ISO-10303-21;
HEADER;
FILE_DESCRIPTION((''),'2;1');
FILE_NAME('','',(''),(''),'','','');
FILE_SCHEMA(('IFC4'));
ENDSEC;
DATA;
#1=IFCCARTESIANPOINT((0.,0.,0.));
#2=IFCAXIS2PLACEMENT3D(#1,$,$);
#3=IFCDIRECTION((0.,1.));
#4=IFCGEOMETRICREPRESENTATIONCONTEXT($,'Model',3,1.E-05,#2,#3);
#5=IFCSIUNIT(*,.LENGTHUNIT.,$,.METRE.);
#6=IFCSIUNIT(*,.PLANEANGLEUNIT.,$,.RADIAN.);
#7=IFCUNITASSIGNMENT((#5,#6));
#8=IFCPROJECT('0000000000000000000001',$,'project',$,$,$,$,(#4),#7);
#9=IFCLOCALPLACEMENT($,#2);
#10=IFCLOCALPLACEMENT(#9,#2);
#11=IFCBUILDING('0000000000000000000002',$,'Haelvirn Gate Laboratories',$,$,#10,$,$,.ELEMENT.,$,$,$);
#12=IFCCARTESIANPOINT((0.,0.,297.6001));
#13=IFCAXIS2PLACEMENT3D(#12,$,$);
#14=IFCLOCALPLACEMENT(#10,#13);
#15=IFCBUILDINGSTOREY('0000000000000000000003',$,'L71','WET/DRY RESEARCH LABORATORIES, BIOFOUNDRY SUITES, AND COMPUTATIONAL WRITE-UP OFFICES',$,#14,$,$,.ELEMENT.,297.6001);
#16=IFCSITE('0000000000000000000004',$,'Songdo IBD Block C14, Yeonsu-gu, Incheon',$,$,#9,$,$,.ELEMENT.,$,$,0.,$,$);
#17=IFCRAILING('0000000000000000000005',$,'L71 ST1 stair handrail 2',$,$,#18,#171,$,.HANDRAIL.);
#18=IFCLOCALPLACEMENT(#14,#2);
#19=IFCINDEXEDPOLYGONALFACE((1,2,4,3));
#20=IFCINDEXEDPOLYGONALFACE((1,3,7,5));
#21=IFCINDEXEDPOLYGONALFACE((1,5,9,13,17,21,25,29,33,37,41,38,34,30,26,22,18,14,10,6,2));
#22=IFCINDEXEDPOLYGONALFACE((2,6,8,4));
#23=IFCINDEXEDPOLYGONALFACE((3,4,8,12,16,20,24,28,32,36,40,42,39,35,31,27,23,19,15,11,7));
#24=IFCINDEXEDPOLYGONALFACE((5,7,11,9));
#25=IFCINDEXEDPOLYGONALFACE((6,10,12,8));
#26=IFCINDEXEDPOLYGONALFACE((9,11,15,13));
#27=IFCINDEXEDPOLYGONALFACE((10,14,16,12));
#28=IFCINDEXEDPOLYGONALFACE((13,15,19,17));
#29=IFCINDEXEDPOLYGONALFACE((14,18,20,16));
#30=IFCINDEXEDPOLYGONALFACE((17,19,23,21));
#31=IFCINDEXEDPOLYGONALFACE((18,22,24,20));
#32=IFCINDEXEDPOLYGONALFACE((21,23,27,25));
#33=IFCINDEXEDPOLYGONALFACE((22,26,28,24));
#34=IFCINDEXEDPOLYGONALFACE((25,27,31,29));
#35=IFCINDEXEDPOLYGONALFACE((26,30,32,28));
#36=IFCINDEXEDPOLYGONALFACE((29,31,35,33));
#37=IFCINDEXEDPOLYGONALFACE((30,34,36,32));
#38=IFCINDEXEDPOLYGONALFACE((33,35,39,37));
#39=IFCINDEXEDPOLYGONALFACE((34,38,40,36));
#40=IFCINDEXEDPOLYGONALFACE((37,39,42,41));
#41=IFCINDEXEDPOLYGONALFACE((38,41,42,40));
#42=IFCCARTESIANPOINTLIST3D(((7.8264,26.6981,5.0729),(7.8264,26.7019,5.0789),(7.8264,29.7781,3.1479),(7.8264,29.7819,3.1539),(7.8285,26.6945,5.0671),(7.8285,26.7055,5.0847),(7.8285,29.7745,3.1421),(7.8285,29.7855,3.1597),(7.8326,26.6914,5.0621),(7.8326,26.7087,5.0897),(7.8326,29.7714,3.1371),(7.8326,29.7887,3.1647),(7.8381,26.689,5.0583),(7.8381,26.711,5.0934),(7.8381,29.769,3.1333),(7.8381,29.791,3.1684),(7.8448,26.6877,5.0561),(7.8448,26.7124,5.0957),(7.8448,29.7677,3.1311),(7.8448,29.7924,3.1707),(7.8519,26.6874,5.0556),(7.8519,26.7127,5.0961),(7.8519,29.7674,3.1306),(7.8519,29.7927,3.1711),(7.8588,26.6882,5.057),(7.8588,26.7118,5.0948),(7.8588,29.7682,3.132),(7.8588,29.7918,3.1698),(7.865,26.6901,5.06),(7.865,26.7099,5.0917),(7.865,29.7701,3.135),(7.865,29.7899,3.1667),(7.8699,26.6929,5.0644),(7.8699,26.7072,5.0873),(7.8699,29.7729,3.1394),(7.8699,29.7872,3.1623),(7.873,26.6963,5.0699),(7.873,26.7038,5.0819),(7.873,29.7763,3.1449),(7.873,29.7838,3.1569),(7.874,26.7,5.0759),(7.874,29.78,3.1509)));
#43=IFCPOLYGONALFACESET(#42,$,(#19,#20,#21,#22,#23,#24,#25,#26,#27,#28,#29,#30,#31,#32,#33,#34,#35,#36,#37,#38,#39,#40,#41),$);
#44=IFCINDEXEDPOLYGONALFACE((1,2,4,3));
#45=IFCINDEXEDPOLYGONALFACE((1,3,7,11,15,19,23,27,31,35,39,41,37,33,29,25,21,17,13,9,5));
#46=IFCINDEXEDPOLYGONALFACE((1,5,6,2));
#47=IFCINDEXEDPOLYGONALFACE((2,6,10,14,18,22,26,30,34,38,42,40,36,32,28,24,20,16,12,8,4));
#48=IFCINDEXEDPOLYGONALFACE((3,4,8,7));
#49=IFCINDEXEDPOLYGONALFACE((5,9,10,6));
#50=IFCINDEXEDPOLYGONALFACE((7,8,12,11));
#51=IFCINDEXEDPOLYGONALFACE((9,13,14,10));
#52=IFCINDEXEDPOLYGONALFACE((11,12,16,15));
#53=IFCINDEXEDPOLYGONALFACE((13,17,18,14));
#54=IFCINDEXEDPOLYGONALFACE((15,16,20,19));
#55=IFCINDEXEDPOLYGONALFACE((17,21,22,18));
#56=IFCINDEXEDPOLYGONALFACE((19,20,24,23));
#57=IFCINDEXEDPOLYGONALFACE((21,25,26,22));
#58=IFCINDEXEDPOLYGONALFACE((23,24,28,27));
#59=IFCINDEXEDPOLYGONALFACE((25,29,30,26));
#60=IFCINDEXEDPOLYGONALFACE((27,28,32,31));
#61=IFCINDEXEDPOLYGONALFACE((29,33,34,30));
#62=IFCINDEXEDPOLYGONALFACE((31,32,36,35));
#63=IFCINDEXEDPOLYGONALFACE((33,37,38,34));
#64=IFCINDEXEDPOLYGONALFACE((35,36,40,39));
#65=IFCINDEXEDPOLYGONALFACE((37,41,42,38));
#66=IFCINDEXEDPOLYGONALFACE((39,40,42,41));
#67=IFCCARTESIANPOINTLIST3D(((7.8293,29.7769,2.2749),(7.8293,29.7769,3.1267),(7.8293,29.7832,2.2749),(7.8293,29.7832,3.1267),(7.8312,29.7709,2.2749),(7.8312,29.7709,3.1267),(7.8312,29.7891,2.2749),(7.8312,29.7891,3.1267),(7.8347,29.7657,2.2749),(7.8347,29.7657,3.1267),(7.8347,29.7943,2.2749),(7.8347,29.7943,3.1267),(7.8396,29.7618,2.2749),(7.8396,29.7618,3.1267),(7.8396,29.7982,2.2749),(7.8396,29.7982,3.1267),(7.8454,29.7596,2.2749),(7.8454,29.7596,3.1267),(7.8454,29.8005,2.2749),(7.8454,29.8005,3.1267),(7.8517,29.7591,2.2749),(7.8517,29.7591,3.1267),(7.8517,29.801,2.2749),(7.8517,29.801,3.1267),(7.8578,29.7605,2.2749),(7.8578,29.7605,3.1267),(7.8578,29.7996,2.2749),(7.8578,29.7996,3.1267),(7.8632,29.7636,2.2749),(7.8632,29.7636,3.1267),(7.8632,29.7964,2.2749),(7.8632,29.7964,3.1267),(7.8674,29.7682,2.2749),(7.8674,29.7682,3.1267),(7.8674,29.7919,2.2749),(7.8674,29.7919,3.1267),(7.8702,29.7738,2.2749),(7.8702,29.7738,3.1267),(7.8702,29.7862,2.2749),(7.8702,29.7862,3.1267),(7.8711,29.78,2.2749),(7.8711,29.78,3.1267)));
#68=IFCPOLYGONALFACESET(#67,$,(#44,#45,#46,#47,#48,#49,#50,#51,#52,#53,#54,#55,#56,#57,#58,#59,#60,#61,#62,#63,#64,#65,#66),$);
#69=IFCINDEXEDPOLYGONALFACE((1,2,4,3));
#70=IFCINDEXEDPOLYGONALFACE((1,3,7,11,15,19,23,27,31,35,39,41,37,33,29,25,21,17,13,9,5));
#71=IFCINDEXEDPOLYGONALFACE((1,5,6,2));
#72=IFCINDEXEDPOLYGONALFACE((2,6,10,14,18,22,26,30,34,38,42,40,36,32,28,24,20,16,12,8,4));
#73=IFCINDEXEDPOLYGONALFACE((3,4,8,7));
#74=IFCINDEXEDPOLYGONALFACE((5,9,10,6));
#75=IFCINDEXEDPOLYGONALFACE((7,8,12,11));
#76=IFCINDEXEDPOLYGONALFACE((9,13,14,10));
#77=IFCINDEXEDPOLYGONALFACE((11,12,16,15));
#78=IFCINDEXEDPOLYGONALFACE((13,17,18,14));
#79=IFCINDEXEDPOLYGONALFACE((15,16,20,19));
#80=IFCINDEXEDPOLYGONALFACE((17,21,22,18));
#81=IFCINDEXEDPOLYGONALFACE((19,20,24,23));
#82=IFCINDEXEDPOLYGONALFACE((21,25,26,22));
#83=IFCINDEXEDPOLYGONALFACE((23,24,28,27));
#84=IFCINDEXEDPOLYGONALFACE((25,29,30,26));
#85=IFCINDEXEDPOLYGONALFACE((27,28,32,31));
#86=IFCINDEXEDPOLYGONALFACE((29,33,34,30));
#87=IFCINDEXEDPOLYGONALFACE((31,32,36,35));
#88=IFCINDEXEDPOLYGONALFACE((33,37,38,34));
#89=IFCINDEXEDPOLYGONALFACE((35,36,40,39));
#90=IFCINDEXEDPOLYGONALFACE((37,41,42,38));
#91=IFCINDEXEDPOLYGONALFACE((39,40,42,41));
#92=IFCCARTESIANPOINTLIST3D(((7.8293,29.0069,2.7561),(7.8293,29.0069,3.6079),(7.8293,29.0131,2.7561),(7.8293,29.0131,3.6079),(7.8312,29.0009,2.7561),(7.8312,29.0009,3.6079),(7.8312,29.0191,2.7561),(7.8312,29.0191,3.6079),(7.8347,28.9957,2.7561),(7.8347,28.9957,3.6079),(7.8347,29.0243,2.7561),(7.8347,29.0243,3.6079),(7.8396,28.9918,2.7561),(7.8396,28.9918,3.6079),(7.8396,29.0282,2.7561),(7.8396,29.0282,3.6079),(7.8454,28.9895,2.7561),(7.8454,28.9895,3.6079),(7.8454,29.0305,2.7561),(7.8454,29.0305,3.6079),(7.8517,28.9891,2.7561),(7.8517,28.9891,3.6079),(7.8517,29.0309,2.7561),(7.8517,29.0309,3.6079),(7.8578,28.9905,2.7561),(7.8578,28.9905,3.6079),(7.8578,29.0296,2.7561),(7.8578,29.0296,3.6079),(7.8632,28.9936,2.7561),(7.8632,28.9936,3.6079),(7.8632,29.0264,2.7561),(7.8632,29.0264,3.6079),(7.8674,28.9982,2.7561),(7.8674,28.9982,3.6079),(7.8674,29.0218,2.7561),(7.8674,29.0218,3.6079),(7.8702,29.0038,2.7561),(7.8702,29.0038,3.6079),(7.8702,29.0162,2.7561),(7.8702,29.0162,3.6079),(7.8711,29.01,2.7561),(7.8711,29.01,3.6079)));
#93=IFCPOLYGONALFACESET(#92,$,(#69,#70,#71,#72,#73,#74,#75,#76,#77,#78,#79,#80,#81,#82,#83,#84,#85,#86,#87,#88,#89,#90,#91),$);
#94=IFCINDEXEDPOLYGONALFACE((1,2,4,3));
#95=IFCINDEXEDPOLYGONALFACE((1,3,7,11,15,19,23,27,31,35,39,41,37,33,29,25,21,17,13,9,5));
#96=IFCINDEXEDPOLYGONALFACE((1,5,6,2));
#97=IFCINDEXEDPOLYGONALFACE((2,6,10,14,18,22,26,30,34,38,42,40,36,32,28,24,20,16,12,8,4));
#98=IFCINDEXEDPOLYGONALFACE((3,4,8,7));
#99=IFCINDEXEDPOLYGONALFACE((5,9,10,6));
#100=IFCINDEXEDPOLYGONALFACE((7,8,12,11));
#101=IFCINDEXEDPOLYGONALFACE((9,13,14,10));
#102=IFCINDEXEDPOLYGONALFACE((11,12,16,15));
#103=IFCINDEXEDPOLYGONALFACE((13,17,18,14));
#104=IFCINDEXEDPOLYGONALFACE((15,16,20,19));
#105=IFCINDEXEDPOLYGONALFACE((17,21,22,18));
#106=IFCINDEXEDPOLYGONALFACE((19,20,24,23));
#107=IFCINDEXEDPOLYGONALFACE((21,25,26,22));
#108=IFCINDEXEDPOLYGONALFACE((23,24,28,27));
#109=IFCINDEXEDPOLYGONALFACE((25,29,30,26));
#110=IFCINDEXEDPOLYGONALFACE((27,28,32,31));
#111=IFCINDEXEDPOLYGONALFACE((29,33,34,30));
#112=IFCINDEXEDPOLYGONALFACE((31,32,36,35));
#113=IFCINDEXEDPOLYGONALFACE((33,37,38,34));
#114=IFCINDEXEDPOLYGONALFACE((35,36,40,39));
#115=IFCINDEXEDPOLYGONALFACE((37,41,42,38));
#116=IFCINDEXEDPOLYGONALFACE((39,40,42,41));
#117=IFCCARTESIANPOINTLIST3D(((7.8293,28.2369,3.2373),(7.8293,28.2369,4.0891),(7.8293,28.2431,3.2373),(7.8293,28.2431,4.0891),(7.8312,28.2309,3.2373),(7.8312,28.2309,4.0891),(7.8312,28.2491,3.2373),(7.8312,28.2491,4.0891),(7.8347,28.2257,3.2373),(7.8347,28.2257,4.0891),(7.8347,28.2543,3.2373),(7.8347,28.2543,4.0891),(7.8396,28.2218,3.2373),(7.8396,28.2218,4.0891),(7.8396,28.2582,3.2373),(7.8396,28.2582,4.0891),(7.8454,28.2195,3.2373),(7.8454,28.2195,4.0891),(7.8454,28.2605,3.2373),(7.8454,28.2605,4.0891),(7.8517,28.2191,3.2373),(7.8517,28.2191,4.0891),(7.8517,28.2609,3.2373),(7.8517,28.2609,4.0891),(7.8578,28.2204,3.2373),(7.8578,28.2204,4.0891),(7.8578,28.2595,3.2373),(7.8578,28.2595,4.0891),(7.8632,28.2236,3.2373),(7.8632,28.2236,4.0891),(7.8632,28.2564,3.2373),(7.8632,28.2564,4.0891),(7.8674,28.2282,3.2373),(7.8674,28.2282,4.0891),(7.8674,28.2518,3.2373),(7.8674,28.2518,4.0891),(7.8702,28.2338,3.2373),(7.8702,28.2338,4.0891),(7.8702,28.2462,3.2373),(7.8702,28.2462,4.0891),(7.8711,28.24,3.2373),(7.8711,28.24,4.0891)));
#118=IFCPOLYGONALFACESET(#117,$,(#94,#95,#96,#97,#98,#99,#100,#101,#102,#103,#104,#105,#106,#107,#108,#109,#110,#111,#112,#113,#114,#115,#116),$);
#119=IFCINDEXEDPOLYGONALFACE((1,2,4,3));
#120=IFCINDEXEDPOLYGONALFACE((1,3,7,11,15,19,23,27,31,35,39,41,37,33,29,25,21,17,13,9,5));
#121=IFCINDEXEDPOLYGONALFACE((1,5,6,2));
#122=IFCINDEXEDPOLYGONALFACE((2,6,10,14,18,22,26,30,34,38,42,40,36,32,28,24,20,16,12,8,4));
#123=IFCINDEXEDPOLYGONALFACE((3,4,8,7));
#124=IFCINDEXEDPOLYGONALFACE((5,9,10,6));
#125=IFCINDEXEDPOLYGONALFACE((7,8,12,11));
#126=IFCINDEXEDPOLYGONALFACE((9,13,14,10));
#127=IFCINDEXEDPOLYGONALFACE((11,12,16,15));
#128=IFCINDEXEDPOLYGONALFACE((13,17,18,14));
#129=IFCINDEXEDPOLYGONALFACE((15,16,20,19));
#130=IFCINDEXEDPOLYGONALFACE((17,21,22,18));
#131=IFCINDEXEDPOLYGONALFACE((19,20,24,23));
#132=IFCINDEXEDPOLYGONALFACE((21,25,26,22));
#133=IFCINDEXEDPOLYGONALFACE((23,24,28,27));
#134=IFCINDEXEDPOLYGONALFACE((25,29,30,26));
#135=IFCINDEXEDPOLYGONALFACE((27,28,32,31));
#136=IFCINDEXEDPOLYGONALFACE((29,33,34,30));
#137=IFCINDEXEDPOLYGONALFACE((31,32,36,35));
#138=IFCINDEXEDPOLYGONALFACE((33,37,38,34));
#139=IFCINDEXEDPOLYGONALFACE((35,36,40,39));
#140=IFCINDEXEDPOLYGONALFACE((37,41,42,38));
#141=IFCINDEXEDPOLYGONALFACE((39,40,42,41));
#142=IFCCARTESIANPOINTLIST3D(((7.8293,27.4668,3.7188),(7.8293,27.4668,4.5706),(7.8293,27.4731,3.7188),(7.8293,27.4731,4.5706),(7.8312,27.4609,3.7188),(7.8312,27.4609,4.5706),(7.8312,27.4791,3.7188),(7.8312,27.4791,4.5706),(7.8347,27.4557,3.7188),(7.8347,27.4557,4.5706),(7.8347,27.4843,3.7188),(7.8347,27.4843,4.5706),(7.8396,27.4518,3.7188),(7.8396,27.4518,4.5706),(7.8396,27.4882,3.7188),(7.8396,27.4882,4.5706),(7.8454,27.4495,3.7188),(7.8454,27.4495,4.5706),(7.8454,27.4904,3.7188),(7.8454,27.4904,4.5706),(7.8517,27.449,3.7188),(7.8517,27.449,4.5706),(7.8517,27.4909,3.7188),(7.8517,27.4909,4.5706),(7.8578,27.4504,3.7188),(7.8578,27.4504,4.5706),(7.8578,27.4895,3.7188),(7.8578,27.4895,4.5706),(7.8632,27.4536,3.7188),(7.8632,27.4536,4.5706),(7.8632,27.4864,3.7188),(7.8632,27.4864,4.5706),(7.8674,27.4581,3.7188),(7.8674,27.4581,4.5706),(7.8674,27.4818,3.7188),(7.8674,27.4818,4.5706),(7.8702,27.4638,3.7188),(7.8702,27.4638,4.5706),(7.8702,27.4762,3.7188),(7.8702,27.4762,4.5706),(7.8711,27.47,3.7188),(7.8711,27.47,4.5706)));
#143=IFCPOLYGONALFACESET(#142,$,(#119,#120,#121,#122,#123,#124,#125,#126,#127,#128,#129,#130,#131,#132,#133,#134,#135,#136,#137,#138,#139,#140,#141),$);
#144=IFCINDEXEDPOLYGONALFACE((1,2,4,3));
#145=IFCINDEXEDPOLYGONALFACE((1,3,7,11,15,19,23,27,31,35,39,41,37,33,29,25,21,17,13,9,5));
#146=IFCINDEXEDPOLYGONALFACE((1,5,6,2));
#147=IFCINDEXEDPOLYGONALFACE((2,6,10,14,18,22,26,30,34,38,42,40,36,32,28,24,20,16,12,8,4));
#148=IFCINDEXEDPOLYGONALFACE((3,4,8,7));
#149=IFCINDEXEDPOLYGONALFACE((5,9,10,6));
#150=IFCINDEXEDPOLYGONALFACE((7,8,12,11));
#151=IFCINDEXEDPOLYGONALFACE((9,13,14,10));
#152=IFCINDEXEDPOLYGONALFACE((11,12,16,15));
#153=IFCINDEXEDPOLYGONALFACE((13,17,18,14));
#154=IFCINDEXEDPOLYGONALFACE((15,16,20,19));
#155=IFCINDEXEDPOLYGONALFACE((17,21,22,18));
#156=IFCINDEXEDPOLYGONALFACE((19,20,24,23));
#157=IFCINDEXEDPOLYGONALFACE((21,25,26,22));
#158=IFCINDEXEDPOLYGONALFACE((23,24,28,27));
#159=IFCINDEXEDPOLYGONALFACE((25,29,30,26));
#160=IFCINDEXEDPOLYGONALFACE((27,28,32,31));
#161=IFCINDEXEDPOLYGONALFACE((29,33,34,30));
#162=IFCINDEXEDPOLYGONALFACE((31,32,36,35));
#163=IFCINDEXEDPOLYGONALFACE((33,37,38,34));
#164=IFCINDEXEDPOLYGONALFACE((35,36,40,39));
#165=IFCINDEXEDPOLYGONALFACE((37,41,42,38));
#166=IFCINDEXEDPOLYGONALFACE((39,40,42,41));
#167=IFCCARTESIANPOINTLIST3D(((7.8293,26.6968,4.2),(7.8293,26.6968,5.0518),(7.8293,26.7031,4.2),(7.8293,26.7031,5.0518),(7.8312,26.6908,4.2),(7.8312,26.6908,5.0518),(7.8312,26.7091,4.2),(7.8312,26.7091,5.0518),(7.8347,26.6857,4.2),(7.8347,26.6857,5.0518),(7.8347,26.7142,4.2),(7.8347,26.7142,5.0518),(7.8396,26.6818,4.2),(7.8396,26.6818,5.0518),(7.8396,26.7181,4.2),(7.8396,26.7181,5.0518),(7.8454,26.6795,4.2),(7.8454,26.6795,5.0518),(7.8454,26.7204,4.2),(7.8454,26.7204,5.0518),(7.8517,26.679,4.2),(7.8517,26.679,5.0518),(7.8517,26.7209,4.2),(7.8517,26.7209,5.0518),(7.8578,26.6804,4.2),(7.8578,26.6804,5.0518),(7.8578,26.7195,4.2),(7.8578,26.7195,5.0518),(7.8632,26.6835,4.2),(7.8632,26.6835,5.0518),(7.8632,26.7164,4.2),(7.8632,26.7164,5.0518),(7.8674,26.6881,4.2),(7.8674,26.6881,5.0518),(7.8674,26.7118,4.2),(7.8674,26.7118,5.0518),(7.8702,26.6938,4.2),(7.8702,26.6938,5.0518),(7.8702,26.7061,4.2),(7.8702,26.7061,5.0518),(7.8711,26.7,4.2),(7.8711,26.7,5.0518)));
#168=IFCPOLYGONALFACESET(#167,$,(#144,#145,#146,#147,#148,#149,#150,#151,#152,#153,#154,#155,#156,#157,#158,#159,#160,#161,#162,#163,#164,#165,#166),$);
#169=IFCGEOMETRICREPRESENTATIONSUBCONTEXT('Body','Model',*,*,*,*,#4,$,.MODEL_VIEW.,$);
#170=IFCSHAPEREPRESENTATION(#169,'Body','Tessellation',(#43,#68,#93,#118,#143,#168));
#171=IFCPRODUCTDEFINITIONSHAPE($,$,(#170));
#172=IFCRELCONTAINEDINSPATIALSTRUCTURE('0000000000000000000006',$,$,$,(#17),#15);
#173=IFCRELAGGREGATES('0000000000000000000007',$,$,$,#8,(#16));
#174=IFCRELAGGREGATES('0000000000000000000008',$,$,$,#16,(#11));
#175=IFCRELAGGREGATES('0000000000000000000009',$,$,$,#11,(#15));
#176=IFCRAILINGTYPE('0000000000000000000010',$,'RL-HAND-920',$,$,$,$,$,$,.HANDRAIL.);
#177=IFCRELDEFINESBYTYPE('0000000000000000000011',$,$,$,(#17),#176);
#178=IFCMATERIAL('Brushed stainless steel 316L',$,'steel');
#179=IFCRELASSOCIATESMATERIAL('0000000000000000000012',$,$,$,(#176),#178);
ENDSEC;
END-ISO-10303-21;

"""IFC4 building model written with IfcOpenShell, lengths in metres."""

from ifc_helpers import new_model, si_unit, direction, frame, origin, origin_2d, place, context, subcontext, project, spatial, circle, extrude, source, transform, mapped, material, type_object, element, save


model = new_model("IFC4")

# Units and contexts
model_context = context("Model", 3, precision=1e-05, world=origin(), true_north=direction((0.0, 1.0)))
body_context = subcontext(model_context, "Body", "Model", "MODEL_VIEW")
ifc_project = project(units=[si_unit("LENGTHUNIT", "METRE"), si_unit("PLANEANGLEUNIT", "RADIAN")], contexts=[model_context])

# Site, building, storey
site_placement = place(None, origin())
site = spatial("IfcSite", under=ifc_project, at=site_placement, Name="Songdo IBD Block C14, Yeonsu-gu, Incheon", CompositionType="ELEMENT", RefElevation=0.0)
building_placement = place(site_placement, origin())
building = spatial("IfcBuilding", under=site, at=building_placement, Name="Haelvirn Gate Laboratories", CompositionType="ELEMENT")
storey_placement = place(building_placement, frame((0.0, 0.0, 297.6001)))
storey = spatial("IfcBuildingStorey", under=building, at=storey_placement, Name="L71", Description="WET/DRY RESEARCH LABORATORIES, BIOFOUNDRY SUITES, AND COMPUTATIONAL WRITE-UP OFFICES", CompositionType="ELEMENT", Elevation=297.6001)

# Railing
ifc_material_1 = material(Name="Brushed stainless steel 316L", Category="steel")
railing_type_1 = type_object("IfcRailingType", Name="RL-HAND-920", PredefinedType="HANDRAIL", material=ifc_material_1)
shared_shape_1 = source(origin(), body_context, "Body", "SweptSolid", [
    extrude(circle(Radius=0.0239, at=origin_2d()), frame((0.0, 0.0, 0.876), z_axis=(0.0, -0.847998, 0.529999), x_axis=(1.0, 0.0, 0.0)), (0.0, 0.0, 1.0), 3.6321),
    extrude(circle(Radius=0.021, at=origin_2d()), origin(), (0.0, 0.0, 1.0), 0.8518),
    extrude(circle(Radius=0.021, at=origin_2d()), frame((0.0, -0.77, 0.4812)), (0.0, 0.0, 1.0), 0.8518),
    extrude(circle(Radius=0.021, at=origin_2d()), frame((0.0, -1.54, 0.9624)), (0.0, 0.0, 1.0), 0.8518),
    extrude(circle(Radius=0.021, at=origin_2d()), frame((0.0, -2.3101, 1.4438)), (0.0, 0.0, 1.0), 0.8518),
    extrude(circle(Radius=0.021, at=origin_2d()), frame((0.0, -3.0801, 1.925)), (0.0, 0.0, 1.0), 0.8518),
])
railing_1_placement = place(storey_placement, frame((7.8501, 29.78, 2.2749)))
element("IfcRailing", 1, at=railing_1_placement, inside=storey, type_object=railing_type_1, Name="L71 ST1 stair handrail 2", PredefinedType="HANDRAIL", context=body_context, shape_type="MappedRepresentation", body=[
    mapped(shared_shape_1, transform((0.0, 0.0, 0.0), scale=1.0)),
])

save(model, "model.ifc")
